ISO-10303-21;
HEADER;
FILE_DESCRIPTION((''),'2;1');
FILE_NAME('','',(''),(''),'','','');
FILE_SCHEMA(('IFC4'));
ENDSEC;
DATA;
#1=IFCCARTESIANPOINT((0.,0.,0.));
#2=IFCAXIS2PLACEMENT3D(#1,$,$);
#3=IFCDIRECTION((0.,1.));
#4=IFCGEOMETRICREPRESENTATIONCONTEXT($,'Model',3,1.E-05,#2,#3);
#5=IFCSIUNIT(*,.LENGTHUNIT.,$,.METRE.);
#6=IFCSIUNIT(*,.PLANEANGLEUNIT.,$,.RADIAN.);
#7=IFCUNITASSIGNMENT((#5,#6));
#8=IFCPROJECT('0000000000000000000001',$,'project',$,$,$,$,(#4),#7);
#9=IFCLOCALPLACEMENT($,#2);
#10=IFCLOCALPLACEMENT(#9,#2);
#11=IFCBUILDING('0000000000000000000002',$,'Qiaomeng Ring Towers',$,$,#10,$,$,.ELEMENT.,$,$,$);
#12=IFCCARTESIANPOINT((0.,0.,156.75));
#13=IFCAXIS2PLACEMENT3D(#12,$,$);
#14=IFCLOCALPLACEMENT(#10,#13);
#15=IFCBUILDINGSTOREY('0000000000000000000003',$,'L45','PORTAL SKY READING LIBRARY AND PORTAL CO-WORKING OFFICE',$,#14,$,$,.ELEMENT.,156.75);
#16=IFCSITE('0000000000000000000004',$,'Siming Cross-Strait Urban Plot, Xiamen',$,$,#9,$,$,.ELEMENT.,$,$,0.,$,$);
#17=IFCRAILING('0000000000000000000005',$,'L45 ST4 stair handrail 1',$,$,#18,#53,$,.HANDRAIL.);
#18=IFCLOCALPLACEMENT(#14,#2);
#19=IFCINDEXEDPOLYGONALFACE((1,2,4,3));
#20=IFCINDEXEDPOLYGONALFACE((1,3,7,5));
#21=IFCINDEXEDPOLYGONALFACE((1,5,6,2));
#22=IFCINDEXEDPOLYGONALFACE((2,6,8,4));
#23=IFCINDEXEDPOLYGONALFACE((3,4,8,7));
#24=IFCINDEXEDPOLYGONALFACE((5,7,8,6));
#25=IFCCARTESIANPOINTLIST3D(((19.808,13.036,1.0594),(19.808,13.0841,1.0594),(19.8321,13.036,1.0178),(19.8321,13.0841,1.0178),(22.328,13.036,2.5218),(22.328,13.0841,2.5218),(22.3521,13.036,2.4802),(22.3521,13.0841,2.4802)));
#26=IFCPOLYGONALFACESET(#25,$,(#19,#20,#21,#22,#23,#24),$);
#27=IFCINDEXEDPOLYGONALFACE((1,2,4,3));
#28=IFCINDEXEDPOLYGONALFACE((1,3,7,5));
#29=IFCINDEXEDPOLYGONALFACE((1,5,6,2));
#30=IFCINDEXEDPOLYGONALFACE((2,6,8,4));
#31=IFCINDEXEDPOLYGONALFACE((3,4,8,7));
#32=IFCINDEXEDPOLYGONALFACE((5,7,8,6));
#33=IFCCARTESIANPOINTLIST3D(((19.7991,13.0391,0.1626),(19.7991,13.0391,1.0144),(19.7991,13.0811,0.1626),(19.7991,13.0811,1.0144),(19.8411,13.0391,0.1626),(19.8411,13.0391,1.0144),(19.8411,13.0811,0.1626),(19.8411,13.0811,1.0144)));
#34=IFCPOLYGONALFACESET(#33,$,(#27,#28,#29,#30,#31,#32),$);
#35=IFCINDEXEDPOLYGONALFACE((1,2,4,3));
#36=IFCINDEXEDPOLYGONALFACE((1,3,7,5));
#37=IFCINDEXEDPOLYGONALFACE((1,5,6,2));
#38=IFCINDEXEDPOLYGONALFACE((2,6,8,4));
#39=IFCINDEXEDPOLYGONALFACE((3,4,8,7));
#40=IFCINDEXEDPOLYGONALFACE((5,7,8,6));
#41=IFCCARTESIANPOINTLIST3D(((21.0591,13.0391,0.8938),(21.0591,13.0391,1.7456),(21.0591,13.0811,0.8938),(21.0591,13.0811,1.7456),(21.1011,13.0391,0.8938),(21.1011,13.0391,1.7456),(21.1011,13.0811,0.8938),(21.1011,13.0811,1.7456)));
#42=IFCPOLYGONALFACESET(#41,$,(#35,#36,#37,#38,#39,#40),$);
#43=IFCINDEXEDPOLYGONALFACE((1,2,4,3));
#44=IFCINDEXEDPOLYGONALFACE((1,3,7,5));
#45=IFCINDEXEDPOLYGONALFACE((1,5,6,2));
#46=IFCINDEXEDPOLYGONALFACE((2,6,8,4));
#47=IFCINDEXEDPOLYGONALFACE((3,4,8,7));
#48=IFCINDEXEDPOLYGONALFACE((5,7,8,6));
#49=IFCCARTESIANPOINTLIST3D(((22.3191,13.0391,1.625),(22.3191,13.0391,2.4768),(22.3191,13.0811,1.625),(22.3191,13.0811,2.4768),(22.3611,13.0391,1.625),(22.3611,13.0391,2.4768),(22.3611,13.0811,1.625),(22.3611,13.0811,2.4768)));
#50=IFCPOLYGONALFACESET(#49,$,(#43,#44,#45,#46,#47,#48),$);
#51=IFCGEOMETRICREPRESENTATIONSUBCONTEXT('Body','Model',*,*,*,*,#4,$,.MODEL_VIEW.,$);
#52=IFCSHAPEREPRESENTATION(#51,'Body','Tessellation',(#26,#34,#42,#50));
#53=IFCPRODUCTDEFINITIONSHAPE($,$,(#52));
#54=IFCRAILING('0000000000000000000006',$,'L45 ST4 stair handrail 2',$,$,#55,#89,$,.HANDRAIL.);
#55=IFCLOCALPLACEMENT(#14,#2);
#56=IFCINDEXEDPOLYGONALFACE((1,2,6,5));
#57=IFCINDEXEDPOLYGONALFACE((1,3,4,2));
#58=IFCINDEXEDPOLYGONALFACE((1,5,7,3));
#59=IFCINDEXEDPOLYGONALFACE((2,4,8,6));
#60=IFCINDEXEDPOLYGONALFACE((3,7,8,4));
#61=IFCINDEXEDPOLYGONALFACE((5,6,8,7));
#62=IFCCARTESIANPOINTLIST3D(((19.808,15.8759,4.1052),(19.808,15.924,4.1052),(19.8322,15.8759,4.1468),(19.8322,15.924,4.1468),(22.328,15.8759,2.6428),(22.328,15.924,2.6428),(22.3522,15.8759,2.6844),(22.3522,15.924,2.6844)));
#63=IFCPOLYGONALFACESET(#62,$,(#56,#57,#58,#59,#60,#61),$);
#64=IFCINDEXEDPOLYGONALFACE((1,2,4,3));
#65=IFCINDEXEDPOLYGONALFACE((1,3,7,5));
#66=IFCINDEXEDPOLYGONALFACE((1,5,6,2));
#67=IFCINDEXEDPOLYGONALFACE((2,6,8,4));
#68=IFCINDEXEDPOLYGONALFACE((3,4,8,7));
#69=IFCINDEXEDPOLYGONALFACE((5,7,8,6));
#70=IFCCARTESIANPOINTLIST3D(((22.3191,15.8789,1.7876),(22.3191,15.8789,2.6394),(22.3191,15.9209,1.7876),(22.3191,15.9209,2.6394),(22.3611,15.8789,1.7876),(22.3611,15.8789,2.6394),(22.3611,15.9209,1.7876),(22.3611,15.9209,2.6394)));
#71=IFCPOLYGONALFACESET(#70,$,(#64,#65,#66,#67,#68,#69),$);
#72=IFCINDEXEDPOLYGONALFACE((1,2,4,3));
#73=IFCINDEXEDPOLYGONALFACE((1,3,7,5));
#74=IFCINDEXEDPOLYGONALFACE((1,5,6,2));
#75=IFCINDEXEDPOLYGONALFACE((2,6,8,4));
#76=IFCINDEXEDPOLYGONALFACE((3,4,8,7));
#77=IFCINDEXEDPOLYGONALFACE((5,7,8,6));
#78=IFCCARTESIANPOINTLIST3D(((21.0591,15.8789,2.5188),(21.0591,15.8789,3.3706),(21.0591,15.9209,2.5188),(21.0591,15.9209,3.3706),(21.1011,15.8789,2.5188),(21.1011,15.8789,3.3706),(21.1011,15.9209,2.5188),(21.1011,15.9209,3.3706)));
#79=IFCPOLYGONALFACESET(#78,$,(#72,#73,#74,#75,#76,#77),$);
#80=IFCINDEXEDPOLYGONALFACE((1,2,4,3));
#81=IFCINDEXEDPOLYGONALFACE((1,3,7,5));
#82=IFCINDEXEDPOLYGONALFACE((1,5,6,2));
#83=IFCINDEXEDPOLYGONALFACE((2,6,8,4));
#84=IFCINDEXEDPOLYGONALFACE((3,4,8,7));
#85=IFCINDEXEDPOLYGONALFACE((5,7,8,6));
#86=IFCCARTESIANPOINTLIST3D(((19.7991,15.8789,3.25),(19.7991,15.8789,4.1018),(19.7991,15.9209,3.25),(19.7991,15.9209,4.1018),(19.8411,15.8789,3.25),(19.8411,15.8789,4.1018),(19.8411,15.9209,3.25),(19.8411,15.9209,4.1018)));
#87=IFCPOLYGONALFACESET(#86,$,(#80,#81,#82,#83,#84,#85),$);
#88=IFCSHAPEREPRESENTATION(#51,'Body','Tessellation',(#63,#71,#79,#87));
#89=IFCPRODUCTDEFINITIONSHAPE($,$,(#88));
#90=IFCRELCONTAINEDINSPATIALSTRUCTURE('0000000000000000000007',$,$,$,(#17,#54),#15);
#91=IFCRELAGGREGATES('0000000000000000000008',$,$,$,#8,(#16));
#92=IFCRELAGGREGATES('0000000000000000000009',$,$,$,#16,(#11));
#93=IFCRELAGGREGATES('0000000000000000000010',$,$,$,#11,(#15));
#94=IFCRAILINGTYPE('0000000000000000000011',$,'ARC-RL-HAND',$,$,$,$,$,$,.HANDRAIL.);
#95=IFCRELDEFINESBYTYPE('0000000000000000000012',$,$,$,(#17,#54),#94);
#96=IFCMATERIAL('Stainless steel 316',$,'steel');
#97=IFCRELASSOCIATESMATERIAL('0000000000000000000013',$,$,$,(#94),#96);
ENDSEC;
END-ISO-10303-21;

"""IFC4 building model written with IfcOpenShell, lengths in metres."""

from ifc_helpers import new_model, si_unit, direction, frame, origin, origin_2d, place, context, subcontext, project, spatial, rectangle, extrude, material, type_object, element, save


model = new_model("IFC4")

# Units and contexts
model_context = context("Model", 3, precision=1e-05, world=origin(), true_north=direction((0.0, 1.0)))
body_context = subcontext(model_context, "Body", "Model", "MODEL_VIEW")
ifc_project = project(units=[si_unit("LENGTHUNIT", "METRE"), si_unit("PLANEANGLEUNIT", "RADIAN")], contexts=[model_context])

# Site, building, storey
site_placement = place(None, origin())
site = spatial("IfcSite", under=ifc_project, at=site_placement, Name="Siming Cross-Strait Urban Plot, Xiamen", CompositionType="ELEMENT", RefElevation=0.0)
building_placement = place(site_placement, origin())
building = spatial("IfcBuilding", under=site, at=building_placement, Name="Qiaomeng Ring Towers", CompositionType="ELEMENT")
storey_placement = place(building_placement, frame((0.0, 0.0, 156.75)))
storey = spatial("IfcBuildingStorey", under=building, at=storey_placement, Name="L45", Description="PORTAL SKY READING LIBRARY AND PORTAL CO-WORKING OFFICE", CompositionType="ELEMENT", Elevation=156.75)

# Railings
ifc_material_1 = material(Name="Stainless steel 316", Category="steel")
railing_type_1 = type_object("IfcRailingType", Name="ARC-RL-HAND", PredefinedType="HANDRAIL", material=ifc_material_1)
railing_1_placement = place(storey_placement, frame((19.8201, 13.0601, 0.1626)))
element("IfcRailing", 1, at=railing_1_placement, inside=storey, type_object=railing_type_1, Name="L45 ST4 stair handrail 1", PredefinedType="HANDRAIL", context=body_context, shape_type="SweptSolid", body=[
    extrude(rectangle(XDim=0.0481, YDim=0.0481, at=origin_2d()), frame((0.0, 0.0, 0.876), z_axis=(0.864913, 0.0, 0.501921), x_axis=(0.0, 1.0, 0.0)), (0.0, 0.0, 1.0), 2.9136),
    extrude(rectangle(XDim=0.042, YDim=0.042, at=origin_2d()), origin(), (0.0, 0.0, 1.0), 0.8518),
    extrude(rectangle(XDim=0.042, YDim=0.042, at=origin_2d()), frame((1.26, 0.0, 0.7312)), (0.0, 0.0, 1.0), 0.8518),
    extrude(rectangle(XDim=0.042, YDim=0.042, at=origin_2d()), frame((2.52, 0.0, 1.4624)), (0.0, 0.0, 1.0), 0.8518),
])
railing_2_placement = place(storey_placement, frame((22.3401, 15.8999, 1.7876)))
element("IfcRailing", 2, at=railing_2_placement, inside=storey, type_object=railing_type_1, Name="L45 ST4 stair handrail 2", PredefinedType="HANDRAIL", context=body_context, shape_type="SweptSolid", body=[
    extrude(rectangle(XDim=0.0481, YDim=0.0481, at=origin_2d()), frame((0.0, 0.0, 0.876), z_axis=(-0.864913, 0.0, 0.501921), x_axis=(0.0, -1.0, 0.0)), (0.0, 0.0, 1.0), 2.9136),
    extrude(rectangle(XDim=0.042, YDim=0.042, at=origin_2d()), origin(), (0.0, 0.0, 1.0), 0.8518),
    extrude(rectangle(XDim=0.042, YDim=0.042, at=origin_2d()), frame((-1.26, 0.0, 0.7312)), (0.0, 0.0, 1.0), 0.8518),
    extrude(rectangle(XDim=0.042, YDim=0.042, at=origin_2d()), frame((-2.52, 0.0, 1.4624)), (0.0, 0.0, 1.0), 0.8518),
])

save(model, "model.ifc")
